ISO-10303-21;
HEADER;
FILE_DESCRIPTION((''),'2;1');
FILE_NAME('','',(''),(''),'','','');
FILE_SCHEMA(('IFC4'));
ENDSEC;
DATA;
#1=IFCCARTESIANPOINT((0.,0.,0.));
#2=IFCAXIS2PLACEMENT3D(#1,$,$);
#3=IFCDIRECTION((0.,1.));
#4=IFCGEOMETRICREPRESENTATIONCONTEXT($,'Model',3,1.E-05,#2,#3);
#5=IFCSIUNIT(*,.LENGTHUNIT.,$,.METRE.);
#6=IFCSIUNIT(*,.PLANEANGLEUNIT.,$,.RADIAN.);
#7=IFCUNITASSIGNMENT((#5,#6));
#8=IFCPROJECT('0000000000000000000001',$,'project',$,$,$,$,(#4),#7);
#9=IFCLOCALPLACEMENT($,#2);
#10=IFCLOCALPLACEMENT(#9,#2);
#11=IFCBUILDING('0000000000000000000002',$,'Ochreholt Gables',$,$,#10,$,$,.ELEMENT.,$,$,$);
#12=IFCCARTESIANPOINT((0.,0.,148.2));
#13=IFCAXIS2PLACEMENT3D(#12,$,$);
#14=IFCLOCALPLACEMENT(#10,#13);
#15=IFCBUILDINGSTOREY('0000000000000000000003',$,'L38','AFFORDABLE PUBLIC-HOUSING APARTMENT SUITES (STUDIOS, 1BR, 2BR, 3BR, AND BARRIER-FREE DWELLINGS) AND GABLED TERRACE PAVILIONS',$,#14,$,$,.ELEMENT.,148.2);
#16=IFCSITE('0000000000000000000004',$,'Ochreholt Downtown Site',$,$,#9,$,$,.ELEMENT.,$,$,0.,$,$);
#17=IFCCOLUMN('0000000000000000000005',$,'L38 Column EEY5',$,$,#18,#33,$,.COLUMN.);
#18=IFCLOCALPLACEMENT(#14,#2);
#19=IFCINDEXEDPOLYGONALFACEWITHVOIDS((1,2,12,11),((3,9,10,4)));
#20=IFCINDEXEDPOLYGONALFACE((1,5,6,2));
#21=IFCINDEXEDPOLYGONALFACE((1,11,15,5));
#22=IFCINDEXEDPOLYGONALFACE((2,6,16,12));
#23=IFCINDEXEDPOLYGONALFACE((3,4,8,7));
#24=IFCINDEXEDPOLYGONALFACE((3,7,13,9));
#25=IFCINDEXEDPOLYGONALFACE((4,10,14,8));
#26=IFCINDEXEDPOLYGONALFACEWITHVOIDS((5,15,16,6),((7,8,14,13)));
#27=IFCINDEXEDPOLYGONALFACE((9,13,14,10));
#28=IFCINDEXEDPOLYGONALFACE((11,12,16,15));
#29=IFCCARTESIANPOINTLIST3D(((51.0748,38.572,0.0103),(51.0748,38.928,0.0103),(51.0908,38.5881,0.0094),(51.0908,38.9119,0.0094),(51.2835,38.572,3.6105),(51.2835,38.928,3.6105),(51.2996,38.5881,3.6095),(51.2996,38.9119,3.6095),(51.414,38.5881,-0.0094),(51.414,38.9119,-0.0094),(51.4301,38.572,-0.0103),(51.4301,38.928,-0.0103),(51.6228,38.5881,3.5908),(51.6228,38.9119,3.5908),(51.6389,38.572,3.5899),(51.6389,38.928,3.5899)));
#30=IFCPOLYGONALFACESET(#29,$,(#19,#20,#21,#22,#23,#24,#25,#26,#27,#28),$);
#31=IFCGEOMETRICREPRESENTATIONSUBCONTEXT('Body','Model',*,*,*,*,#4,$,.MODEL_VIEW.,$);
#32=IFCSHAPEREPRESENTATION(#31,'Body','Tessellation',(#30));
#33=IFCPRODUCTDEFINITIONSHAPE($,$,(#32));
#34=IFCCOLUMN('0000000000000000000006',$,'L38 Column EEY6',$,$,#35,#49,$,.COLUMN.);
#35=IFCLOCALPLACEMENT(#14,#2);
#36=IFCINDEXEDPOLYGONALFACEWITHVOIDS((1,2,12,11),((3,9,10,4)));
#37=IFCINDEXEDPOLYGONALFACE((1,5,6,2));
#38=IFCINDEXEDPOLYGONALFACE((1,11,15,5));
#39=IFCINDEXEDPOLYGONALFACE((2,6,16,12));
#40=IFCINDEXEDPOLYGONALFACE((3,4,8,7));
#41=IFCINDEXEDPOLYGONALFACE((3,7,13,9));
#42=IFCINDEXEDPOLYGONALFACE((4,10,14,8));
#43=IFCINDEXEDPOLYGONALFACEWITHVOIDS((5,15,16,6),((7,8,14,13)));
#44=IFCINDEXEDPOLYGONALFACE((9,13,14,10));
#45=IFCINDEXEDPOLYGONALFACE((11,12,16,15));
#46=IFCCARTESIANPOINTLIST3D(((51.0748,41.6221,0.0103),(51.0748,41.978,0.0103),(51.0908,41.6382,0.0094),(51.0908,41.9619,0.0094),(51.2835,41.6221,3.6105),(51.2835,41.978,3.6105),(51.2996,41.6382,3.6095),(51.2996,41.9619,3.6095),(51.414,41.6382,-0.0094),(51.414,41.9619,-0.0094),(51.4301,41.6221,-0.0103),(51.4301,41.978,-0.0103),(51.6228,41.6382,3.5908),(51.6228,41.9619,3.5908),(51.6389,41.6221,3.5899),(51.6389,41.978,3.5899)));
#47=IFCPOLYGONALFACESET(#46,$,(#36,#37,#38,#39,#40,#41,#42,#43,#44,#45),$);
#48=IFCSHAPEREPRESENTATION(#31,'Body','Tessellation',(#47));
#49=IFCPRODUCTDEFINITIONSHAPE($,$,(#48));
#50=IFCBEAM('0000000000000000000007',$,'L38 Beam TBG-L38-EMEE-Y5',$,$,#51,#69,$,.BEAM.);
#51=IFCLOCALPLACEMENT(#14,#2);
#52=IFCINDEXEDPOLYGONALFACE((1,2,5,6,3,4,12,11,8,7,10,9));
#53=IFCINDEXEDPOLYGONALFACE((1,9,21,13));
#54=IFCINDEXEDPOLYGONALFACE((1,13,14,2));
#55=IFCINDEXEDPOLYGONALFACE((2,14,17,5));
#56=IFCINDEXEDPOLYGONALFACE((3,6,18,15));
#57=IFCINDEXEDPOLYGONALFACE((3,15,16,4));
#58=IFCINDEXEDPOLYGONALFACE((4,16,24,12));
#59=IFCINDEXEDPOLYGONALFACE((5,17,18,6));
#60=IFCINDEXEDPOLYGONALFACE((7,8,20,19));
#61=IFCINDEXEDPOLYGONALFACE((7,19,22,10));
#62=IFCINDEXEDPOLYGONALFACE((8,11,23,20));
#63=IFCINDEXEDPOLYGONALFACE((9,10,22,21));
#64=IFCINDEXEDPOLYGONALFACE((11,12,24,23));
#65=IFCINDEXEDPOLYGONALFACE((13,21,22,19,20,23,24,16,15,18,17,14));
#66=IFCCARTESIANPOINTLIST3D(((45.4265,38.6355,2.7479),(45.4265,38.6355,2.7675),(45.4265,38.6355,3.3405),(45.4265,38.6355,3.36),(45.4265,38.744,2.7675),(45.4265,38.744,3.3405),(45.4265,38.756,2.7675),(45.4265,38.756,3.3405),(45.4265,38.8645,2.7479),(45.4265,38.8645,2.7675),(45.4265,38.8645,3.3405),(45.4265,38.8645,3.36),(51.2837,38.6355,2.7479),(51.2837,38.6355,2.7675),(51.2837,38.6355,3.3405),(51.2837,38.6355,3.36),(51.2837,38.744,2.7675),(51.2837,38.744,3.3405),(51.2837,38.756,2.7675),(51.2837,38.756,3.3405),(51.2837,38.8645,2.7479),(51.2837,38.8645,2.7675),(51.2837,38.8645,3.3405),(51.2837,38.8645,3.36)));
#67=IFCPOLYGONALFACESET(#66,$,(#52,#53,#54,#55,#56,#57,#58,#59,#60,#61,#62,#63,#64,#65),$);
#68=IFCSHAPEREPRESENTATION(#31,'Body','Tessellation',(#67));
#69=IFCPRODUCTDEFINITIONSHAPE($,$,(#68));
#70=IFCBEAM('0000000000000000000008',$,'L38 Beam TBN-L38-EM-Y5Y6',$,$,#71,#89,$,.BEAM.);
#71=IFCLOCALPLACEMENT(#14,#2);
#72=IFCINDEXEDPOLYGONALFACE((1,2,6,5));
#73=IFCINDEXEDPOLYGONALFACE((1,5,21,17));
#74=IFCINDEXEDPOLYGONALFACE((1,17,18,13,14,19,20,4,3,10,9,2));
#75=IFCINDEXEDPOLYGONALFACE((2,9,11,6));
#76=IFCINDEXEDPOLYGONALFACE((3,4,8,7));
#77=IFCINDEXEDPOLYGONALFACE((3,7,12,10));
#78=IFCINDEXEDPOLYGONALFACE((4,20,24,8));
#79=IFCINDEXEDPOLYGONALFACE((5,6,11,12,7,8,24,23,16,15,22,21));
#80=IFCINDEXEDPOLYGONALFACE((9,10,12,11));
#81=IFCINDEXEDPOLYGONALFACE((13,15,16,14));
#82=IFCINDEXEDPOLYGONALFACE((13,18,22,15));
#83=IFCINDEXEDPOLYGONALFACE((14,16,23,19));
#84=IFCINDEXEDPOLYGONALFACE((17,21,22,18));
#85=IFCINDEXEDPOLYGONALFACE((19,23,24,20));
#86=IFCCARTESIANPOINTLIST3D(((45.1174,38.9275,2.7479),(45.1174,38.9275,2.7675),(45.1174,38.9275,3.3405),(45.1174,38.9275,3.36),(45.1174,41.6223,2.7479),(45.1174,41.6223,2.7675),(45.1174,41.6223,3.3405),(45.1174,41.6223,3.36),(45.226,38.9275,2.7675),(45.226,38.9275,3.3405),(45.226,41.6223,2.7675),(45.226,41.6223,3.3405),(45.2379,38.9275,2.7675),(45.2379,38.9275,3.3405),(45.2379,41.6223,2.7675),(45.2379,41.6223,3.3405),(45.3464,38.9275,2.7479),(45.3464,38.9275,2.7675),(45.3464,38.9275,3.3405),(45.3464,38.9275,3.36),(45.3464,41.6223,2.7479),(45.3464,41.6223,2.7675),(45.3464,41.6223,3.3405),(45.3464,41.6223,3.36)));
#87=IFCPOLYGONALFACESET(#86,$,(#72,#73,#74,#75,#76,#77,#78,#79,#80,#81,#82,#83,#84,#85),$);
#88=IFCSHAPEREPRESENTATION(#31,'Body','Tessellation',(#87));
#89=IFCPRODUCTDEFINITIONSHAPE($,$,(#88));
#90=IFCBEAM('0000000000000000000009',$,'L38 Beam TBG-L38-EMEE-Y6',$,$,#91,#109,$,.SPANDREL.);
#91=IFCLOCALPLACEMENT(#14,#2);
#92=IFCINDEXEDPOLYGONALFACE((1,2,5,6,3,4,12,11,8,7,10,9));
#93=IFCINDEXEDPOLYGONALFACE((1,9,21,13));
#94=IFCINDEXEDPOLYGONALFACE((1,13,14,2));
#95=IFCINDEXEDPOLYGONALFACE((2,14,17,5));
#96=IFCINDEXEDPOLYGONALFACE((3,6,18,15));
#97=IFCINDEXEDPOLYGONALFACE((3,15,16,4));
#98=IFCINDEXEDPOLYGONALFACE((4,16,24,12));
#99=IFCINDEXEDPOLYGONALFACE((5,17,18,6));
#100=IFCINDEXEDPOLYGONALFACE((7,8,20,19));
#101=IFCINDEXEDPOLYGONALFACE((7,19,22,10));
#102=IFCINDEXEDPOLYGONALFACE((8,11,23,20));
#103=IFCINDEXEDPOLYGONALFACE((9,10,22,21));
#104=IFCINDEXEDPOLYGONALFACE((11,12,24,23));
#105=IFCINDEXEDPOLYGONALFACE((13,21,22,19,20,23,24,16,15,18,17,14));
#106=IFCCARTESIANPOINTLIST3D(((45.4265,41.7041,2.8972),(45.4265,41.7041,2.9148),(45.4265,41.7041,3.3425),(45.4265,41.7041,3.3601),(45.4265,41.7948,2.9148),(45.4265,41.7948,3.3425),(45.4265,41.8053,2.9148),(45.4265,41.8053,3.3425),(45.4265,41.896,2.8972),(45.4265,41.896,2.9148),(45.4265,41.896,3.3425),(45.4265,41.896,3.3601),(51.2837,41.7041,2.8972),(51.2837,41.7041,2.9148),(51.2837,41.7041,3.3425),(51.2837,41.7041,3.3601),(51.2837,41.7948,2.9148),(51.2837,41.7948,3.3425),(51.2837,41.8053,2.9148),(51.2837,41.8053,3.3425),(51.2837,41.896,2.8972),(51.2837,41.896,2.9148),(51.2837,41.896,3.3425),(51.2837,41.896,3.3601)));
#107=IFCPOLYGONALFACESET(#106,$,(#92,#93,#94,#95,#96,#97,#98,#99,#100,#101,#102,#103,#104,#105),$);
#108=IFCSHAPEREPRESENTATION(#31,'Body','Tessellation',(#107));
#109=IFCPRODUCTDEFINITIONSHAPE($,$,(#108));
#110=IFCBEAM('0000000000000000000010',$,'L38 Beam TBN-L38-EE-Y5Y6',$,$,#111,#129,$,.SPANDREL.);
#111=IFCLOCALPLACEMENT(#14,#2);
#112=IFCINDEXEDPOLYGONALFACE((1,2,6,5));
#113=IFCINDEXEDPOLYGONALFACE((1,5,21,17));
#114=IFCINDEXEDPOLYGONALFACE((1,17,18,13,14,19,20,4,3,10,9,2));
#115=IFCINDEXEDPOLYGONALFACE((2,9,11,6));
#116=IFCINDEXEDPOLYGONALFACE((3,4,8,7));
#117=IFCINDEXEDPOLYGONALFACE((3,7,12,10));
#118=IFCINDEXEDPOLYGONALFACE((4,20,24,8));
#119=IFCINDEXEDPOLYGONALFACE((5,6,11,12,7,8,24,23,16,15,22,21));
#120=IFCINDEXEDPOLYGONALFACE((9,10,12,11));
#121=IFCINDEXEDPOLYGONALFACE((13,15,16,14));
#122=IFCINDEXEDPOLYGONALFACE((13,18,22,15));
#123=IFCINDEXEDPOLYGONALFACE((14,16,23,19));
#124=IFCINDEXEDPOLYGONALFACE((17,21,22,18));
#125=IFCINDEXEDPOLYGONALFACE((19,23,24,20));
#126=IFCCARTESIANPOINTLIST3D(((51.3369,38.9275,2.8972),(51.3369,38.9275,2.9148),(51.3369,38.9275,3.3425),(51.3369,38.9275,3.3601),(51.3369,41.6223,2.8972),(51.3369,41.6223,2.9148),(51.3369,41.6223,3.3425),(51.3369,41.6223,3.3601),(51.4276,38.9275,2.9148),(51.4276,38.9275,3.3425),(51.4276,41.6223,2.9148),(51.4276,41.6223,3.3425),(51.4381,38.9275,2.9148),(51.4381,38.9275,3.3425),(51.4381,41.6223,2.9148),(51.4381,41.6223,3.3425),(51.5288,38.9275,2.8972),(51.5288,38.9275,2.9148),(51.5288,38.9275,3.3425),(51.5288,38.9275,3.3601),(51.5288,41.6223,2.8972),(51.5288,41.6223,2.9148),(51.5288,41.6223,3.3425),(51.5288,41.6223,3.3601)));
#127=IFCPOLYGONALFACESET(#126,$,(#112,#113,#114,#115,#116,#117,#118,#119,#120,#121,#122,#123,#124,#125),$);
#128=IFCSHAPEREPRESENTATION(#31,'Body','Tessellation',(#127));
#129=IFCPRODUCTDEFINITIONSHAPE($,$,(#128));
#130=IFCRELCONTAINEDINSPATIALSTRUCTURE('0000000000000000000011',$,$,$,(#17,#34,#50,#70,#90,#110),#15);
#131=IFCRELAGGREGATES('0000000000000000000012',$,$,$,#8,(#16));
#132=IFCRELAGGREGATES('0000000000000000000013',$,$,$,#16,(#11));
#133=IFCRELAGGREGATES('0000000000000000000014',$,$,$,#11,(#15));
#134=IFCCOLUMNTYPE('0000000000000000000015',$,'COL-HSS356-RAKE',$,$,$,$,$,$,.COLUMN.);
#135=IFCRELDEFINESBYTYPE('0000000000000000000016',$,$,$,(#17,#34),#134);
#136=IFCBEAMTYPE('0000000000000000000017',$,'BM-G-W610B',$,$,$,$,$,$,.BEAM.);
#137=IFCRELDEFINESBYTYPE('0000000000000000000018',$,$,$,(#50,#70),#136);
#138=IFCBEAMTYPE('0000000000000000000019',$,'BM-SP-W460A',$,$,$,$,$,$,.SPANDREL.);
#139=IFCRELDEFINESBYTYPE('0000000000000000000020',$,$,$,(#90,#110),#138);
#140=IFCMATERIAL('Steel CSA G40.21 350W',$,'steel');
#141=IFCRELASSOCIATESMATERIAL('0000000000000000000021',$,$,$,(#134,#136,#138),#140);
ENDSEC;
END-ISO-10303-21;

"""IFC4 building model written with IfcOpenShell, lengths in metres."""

from ifc_helpers import new_model, si_unit, direction, frame, origin, origin_2d, place, context, subcontext, project, spatial, hollow_rectangle, i_section, extrude, material, material_profile, profile_set, type_object, element, save


model = new_model("IFC4")

# Units and contexts
model_context = context("Model", 3, precision=1e-05, world=origin(), true_north=direction((0.0, 1.0)))
body_context = subcontext(model_context, "Body", "Model", "MODEL_VIEW")
ifc_project = project(units=[si_unit("LENGTHUNIT", "METRE"), si_unit("PLANEANGLEUNIT", "RADIAN")], contexts=[model_context])

# Site, building, storey
site_placement = place(None, origin())
site = spatial("IfcSite", under=ifc_project, at=site_placement, Name="Ochreholt Downtown Site", CompositionType="ELEMENT", RefElevation=0.0)
building_placement = place(site_placement, origin())
building = spatial("IfcBuilding", under=site, at=building_placement, Name="Ochreholt Gables", CompositionType="ELEMENT")
storey_placement = place(building_placement, frame((0.0, 0.0, 148.2)))
storey = spatial("IfcBuildingStorey", under=building, at=storey_placement, Name="L38", Description="AFFORDABLE PUBLIC-HOUSING APARTMENT SUITES (STUDIOS, 1BR, 2BR, 3BR, AND BARRIER-FREE DWELLINGS) AND GABLED TERRACE PAVILIONS", CompositionType="ELEMENT", Elevation=148.2)

# Columns
ifc_material_1 = material(Name="Steel CSA G40.21 350W", Category="steel")
ifc_material_profile_1 = material_profile(ifc_material_1, hollow_rectangle(XDim=0.356, YDim=0.356, WallThickness=0.0161, at=origin_2d()), Name="HSS356X356X16")
ifc_profile_set_1 = profile_set([ifc_material_profile_1], Name="Steel CSA G40.21 350W")
column_type = type_object("IfcColumnType", Name="COL-HSS356-RAKE", PredefinedType="COLUMN", material=ifc_profile_set_1)
for number, where, z_axis, x_axis, name in (
    (1, (51.2524, 38.75, 0.0), (0.057885, 0.0, 0.998323), (0.0, 1.0, 0.0), "L38 Column EEY5"),
    (2, (51.2524, 41.8, 0.0), (0.057885, 0.0, 0.998323), (0.0, 1.0, 0.0), "L38 Column EEY6"),
):
    element("IfcColumn", number, at=place(storey_placement, frame(where, z_axis=z_axis, x_axis=x_axis)), inside=storey, type_object=column_type, Name=name, PredefinedType="COLUMN", context=body_context, shape_type="SweptSolid", body=[
        extrude(hollow_rectangle(XDim=0.356, YDim=0.356, WallThickness=0.0161, at=origin_2d()), origin(), (0.0, 0.0, 1.0), 3.6062),
    ])

# Beams
ifc_material_profile_2 = material_profile(ifc_material_1, i_section(OverallWidth=0.229, OverallDepth=0.6121, WebThickness=0.012, FlangeThickness=0.0195, at=origin_2d()), Name="W610X125")
ifc_profile_set_2 = profile_set([ifc_material_profile_2], Name="Steel CSA G40.21 350W")
beam_type_1 = type_object("IfcBeamType", Name="BM-G-W610B", PredefinedType="BEAM", material=ifc_profile_set_2)
beam_1_placement = place(storey_placement, frame((45.4265, 38.75, 3.054), z_axis=(1.0, 0.0, 0.0), x_axis=(0.0, 1.0, 0.0)))
element("IfcBeam", 3, at=beam_1_placement, inside=storey, type_object=beam_type_1, Name="L38 Beam TBG-L38-EMEE-Y5", PredefinedType="BEAM", context=body_context, shape_type="SweptSolid", body=[
    extrude(i_section(OverallWidth=0.229, OverallDepth=0.6121, WebThickness=0.012, FlangeThickness=0.0195, at=origin_2d()), origin(), (0.0, 0.0, 1.0), 5.8572),
])
beam_2_placement = place(storey_placement, frame((45.2319, 38.9275, 3.054), z_axis=(0.0, 1.0, 0.0), x_axis=(-1.0, 0.0, 0.0)))
element("IfcBeam", 4, at=beam_2_placement, inside=storey, type_object=beam_type_1, Name="L38 Beam TBN-L38-EM-Y5Y6", PredefinedType="BEAM", context=body_context, shape_type="SweptSolid", body=[
    extrude(i_section(OverallWidth=0.229, OverallDepth=0.6121, WebThickness=0.012, FlangeThickness=0.0195, at=origin_2d()), origin(), (0.0, 0.0, 1.0), 2.6948),
])
ifc_material_profile_3 = material_profile(ifc_material_1, i_section(OverallWidth=0.1919, OverallDepth=0.4629, WebThickness=0.0105, FlangeThickness=0.0176, at=origin_2d()), Name="W460X89")
ifc_profile_set_3 = profile_set([ifc_material_profile_3], Name="Steel CSA G40.21 350W")
beam_type_2 = type_object("IfcBeamType", Name="BM-SP-W460A", PredefinedType="SPANDREL", material=ifc_profile_set_3)
beam_3_placement = place(storey_placement, frame((45.4265, 41.8, 3.1287), z_axis=(1.0, 0.0, 0.0), x_axis=(0.0, 1.0, 0.0)))
element("IfcBeam", 5, at=beam_3_placement, inside=storey, type_object=beam_type_2, Name="L38 Beam TBG-L38-EMEE-Y6", PredefinedType="SPANDREL", context=body_context, shape_type="SweptSolid", body=[
    extrude(i_section(OverallWidth=0.1919, OverallDepth=0.4629, WebThickness=0.0105, FlangeThickness=0.0176, at=origin_2d()), origin(), (0.0, 0.0, 1.0), 5.8572),
])
beam_4_placement = place(storey_placement, frame((51.4329, 38.9275, 3.1287), z_axis=(0.0, 1.0, 0.0), x_axis=(-1.0, 0.0, 0.0)))
element("IfcBeam", 6, at=beam_4_placement, inside=storey, type_object=beam_type_2, Name="L38 Beam TBN-L38-EE-Y5Y6", PredefinedType="SPANDREL", context=body_context, shape_type="SweptSolid", body=[
    extrude(i_section(OverallWidth=0.1919, OverallDepth=0.4629, WebThickness=0.0105, FlangeThickness=0.0176, at=origin_2d()), origin(), (0.0, 0.0, 1.0), 2.6948),
])

save(model, "model.ifc")
